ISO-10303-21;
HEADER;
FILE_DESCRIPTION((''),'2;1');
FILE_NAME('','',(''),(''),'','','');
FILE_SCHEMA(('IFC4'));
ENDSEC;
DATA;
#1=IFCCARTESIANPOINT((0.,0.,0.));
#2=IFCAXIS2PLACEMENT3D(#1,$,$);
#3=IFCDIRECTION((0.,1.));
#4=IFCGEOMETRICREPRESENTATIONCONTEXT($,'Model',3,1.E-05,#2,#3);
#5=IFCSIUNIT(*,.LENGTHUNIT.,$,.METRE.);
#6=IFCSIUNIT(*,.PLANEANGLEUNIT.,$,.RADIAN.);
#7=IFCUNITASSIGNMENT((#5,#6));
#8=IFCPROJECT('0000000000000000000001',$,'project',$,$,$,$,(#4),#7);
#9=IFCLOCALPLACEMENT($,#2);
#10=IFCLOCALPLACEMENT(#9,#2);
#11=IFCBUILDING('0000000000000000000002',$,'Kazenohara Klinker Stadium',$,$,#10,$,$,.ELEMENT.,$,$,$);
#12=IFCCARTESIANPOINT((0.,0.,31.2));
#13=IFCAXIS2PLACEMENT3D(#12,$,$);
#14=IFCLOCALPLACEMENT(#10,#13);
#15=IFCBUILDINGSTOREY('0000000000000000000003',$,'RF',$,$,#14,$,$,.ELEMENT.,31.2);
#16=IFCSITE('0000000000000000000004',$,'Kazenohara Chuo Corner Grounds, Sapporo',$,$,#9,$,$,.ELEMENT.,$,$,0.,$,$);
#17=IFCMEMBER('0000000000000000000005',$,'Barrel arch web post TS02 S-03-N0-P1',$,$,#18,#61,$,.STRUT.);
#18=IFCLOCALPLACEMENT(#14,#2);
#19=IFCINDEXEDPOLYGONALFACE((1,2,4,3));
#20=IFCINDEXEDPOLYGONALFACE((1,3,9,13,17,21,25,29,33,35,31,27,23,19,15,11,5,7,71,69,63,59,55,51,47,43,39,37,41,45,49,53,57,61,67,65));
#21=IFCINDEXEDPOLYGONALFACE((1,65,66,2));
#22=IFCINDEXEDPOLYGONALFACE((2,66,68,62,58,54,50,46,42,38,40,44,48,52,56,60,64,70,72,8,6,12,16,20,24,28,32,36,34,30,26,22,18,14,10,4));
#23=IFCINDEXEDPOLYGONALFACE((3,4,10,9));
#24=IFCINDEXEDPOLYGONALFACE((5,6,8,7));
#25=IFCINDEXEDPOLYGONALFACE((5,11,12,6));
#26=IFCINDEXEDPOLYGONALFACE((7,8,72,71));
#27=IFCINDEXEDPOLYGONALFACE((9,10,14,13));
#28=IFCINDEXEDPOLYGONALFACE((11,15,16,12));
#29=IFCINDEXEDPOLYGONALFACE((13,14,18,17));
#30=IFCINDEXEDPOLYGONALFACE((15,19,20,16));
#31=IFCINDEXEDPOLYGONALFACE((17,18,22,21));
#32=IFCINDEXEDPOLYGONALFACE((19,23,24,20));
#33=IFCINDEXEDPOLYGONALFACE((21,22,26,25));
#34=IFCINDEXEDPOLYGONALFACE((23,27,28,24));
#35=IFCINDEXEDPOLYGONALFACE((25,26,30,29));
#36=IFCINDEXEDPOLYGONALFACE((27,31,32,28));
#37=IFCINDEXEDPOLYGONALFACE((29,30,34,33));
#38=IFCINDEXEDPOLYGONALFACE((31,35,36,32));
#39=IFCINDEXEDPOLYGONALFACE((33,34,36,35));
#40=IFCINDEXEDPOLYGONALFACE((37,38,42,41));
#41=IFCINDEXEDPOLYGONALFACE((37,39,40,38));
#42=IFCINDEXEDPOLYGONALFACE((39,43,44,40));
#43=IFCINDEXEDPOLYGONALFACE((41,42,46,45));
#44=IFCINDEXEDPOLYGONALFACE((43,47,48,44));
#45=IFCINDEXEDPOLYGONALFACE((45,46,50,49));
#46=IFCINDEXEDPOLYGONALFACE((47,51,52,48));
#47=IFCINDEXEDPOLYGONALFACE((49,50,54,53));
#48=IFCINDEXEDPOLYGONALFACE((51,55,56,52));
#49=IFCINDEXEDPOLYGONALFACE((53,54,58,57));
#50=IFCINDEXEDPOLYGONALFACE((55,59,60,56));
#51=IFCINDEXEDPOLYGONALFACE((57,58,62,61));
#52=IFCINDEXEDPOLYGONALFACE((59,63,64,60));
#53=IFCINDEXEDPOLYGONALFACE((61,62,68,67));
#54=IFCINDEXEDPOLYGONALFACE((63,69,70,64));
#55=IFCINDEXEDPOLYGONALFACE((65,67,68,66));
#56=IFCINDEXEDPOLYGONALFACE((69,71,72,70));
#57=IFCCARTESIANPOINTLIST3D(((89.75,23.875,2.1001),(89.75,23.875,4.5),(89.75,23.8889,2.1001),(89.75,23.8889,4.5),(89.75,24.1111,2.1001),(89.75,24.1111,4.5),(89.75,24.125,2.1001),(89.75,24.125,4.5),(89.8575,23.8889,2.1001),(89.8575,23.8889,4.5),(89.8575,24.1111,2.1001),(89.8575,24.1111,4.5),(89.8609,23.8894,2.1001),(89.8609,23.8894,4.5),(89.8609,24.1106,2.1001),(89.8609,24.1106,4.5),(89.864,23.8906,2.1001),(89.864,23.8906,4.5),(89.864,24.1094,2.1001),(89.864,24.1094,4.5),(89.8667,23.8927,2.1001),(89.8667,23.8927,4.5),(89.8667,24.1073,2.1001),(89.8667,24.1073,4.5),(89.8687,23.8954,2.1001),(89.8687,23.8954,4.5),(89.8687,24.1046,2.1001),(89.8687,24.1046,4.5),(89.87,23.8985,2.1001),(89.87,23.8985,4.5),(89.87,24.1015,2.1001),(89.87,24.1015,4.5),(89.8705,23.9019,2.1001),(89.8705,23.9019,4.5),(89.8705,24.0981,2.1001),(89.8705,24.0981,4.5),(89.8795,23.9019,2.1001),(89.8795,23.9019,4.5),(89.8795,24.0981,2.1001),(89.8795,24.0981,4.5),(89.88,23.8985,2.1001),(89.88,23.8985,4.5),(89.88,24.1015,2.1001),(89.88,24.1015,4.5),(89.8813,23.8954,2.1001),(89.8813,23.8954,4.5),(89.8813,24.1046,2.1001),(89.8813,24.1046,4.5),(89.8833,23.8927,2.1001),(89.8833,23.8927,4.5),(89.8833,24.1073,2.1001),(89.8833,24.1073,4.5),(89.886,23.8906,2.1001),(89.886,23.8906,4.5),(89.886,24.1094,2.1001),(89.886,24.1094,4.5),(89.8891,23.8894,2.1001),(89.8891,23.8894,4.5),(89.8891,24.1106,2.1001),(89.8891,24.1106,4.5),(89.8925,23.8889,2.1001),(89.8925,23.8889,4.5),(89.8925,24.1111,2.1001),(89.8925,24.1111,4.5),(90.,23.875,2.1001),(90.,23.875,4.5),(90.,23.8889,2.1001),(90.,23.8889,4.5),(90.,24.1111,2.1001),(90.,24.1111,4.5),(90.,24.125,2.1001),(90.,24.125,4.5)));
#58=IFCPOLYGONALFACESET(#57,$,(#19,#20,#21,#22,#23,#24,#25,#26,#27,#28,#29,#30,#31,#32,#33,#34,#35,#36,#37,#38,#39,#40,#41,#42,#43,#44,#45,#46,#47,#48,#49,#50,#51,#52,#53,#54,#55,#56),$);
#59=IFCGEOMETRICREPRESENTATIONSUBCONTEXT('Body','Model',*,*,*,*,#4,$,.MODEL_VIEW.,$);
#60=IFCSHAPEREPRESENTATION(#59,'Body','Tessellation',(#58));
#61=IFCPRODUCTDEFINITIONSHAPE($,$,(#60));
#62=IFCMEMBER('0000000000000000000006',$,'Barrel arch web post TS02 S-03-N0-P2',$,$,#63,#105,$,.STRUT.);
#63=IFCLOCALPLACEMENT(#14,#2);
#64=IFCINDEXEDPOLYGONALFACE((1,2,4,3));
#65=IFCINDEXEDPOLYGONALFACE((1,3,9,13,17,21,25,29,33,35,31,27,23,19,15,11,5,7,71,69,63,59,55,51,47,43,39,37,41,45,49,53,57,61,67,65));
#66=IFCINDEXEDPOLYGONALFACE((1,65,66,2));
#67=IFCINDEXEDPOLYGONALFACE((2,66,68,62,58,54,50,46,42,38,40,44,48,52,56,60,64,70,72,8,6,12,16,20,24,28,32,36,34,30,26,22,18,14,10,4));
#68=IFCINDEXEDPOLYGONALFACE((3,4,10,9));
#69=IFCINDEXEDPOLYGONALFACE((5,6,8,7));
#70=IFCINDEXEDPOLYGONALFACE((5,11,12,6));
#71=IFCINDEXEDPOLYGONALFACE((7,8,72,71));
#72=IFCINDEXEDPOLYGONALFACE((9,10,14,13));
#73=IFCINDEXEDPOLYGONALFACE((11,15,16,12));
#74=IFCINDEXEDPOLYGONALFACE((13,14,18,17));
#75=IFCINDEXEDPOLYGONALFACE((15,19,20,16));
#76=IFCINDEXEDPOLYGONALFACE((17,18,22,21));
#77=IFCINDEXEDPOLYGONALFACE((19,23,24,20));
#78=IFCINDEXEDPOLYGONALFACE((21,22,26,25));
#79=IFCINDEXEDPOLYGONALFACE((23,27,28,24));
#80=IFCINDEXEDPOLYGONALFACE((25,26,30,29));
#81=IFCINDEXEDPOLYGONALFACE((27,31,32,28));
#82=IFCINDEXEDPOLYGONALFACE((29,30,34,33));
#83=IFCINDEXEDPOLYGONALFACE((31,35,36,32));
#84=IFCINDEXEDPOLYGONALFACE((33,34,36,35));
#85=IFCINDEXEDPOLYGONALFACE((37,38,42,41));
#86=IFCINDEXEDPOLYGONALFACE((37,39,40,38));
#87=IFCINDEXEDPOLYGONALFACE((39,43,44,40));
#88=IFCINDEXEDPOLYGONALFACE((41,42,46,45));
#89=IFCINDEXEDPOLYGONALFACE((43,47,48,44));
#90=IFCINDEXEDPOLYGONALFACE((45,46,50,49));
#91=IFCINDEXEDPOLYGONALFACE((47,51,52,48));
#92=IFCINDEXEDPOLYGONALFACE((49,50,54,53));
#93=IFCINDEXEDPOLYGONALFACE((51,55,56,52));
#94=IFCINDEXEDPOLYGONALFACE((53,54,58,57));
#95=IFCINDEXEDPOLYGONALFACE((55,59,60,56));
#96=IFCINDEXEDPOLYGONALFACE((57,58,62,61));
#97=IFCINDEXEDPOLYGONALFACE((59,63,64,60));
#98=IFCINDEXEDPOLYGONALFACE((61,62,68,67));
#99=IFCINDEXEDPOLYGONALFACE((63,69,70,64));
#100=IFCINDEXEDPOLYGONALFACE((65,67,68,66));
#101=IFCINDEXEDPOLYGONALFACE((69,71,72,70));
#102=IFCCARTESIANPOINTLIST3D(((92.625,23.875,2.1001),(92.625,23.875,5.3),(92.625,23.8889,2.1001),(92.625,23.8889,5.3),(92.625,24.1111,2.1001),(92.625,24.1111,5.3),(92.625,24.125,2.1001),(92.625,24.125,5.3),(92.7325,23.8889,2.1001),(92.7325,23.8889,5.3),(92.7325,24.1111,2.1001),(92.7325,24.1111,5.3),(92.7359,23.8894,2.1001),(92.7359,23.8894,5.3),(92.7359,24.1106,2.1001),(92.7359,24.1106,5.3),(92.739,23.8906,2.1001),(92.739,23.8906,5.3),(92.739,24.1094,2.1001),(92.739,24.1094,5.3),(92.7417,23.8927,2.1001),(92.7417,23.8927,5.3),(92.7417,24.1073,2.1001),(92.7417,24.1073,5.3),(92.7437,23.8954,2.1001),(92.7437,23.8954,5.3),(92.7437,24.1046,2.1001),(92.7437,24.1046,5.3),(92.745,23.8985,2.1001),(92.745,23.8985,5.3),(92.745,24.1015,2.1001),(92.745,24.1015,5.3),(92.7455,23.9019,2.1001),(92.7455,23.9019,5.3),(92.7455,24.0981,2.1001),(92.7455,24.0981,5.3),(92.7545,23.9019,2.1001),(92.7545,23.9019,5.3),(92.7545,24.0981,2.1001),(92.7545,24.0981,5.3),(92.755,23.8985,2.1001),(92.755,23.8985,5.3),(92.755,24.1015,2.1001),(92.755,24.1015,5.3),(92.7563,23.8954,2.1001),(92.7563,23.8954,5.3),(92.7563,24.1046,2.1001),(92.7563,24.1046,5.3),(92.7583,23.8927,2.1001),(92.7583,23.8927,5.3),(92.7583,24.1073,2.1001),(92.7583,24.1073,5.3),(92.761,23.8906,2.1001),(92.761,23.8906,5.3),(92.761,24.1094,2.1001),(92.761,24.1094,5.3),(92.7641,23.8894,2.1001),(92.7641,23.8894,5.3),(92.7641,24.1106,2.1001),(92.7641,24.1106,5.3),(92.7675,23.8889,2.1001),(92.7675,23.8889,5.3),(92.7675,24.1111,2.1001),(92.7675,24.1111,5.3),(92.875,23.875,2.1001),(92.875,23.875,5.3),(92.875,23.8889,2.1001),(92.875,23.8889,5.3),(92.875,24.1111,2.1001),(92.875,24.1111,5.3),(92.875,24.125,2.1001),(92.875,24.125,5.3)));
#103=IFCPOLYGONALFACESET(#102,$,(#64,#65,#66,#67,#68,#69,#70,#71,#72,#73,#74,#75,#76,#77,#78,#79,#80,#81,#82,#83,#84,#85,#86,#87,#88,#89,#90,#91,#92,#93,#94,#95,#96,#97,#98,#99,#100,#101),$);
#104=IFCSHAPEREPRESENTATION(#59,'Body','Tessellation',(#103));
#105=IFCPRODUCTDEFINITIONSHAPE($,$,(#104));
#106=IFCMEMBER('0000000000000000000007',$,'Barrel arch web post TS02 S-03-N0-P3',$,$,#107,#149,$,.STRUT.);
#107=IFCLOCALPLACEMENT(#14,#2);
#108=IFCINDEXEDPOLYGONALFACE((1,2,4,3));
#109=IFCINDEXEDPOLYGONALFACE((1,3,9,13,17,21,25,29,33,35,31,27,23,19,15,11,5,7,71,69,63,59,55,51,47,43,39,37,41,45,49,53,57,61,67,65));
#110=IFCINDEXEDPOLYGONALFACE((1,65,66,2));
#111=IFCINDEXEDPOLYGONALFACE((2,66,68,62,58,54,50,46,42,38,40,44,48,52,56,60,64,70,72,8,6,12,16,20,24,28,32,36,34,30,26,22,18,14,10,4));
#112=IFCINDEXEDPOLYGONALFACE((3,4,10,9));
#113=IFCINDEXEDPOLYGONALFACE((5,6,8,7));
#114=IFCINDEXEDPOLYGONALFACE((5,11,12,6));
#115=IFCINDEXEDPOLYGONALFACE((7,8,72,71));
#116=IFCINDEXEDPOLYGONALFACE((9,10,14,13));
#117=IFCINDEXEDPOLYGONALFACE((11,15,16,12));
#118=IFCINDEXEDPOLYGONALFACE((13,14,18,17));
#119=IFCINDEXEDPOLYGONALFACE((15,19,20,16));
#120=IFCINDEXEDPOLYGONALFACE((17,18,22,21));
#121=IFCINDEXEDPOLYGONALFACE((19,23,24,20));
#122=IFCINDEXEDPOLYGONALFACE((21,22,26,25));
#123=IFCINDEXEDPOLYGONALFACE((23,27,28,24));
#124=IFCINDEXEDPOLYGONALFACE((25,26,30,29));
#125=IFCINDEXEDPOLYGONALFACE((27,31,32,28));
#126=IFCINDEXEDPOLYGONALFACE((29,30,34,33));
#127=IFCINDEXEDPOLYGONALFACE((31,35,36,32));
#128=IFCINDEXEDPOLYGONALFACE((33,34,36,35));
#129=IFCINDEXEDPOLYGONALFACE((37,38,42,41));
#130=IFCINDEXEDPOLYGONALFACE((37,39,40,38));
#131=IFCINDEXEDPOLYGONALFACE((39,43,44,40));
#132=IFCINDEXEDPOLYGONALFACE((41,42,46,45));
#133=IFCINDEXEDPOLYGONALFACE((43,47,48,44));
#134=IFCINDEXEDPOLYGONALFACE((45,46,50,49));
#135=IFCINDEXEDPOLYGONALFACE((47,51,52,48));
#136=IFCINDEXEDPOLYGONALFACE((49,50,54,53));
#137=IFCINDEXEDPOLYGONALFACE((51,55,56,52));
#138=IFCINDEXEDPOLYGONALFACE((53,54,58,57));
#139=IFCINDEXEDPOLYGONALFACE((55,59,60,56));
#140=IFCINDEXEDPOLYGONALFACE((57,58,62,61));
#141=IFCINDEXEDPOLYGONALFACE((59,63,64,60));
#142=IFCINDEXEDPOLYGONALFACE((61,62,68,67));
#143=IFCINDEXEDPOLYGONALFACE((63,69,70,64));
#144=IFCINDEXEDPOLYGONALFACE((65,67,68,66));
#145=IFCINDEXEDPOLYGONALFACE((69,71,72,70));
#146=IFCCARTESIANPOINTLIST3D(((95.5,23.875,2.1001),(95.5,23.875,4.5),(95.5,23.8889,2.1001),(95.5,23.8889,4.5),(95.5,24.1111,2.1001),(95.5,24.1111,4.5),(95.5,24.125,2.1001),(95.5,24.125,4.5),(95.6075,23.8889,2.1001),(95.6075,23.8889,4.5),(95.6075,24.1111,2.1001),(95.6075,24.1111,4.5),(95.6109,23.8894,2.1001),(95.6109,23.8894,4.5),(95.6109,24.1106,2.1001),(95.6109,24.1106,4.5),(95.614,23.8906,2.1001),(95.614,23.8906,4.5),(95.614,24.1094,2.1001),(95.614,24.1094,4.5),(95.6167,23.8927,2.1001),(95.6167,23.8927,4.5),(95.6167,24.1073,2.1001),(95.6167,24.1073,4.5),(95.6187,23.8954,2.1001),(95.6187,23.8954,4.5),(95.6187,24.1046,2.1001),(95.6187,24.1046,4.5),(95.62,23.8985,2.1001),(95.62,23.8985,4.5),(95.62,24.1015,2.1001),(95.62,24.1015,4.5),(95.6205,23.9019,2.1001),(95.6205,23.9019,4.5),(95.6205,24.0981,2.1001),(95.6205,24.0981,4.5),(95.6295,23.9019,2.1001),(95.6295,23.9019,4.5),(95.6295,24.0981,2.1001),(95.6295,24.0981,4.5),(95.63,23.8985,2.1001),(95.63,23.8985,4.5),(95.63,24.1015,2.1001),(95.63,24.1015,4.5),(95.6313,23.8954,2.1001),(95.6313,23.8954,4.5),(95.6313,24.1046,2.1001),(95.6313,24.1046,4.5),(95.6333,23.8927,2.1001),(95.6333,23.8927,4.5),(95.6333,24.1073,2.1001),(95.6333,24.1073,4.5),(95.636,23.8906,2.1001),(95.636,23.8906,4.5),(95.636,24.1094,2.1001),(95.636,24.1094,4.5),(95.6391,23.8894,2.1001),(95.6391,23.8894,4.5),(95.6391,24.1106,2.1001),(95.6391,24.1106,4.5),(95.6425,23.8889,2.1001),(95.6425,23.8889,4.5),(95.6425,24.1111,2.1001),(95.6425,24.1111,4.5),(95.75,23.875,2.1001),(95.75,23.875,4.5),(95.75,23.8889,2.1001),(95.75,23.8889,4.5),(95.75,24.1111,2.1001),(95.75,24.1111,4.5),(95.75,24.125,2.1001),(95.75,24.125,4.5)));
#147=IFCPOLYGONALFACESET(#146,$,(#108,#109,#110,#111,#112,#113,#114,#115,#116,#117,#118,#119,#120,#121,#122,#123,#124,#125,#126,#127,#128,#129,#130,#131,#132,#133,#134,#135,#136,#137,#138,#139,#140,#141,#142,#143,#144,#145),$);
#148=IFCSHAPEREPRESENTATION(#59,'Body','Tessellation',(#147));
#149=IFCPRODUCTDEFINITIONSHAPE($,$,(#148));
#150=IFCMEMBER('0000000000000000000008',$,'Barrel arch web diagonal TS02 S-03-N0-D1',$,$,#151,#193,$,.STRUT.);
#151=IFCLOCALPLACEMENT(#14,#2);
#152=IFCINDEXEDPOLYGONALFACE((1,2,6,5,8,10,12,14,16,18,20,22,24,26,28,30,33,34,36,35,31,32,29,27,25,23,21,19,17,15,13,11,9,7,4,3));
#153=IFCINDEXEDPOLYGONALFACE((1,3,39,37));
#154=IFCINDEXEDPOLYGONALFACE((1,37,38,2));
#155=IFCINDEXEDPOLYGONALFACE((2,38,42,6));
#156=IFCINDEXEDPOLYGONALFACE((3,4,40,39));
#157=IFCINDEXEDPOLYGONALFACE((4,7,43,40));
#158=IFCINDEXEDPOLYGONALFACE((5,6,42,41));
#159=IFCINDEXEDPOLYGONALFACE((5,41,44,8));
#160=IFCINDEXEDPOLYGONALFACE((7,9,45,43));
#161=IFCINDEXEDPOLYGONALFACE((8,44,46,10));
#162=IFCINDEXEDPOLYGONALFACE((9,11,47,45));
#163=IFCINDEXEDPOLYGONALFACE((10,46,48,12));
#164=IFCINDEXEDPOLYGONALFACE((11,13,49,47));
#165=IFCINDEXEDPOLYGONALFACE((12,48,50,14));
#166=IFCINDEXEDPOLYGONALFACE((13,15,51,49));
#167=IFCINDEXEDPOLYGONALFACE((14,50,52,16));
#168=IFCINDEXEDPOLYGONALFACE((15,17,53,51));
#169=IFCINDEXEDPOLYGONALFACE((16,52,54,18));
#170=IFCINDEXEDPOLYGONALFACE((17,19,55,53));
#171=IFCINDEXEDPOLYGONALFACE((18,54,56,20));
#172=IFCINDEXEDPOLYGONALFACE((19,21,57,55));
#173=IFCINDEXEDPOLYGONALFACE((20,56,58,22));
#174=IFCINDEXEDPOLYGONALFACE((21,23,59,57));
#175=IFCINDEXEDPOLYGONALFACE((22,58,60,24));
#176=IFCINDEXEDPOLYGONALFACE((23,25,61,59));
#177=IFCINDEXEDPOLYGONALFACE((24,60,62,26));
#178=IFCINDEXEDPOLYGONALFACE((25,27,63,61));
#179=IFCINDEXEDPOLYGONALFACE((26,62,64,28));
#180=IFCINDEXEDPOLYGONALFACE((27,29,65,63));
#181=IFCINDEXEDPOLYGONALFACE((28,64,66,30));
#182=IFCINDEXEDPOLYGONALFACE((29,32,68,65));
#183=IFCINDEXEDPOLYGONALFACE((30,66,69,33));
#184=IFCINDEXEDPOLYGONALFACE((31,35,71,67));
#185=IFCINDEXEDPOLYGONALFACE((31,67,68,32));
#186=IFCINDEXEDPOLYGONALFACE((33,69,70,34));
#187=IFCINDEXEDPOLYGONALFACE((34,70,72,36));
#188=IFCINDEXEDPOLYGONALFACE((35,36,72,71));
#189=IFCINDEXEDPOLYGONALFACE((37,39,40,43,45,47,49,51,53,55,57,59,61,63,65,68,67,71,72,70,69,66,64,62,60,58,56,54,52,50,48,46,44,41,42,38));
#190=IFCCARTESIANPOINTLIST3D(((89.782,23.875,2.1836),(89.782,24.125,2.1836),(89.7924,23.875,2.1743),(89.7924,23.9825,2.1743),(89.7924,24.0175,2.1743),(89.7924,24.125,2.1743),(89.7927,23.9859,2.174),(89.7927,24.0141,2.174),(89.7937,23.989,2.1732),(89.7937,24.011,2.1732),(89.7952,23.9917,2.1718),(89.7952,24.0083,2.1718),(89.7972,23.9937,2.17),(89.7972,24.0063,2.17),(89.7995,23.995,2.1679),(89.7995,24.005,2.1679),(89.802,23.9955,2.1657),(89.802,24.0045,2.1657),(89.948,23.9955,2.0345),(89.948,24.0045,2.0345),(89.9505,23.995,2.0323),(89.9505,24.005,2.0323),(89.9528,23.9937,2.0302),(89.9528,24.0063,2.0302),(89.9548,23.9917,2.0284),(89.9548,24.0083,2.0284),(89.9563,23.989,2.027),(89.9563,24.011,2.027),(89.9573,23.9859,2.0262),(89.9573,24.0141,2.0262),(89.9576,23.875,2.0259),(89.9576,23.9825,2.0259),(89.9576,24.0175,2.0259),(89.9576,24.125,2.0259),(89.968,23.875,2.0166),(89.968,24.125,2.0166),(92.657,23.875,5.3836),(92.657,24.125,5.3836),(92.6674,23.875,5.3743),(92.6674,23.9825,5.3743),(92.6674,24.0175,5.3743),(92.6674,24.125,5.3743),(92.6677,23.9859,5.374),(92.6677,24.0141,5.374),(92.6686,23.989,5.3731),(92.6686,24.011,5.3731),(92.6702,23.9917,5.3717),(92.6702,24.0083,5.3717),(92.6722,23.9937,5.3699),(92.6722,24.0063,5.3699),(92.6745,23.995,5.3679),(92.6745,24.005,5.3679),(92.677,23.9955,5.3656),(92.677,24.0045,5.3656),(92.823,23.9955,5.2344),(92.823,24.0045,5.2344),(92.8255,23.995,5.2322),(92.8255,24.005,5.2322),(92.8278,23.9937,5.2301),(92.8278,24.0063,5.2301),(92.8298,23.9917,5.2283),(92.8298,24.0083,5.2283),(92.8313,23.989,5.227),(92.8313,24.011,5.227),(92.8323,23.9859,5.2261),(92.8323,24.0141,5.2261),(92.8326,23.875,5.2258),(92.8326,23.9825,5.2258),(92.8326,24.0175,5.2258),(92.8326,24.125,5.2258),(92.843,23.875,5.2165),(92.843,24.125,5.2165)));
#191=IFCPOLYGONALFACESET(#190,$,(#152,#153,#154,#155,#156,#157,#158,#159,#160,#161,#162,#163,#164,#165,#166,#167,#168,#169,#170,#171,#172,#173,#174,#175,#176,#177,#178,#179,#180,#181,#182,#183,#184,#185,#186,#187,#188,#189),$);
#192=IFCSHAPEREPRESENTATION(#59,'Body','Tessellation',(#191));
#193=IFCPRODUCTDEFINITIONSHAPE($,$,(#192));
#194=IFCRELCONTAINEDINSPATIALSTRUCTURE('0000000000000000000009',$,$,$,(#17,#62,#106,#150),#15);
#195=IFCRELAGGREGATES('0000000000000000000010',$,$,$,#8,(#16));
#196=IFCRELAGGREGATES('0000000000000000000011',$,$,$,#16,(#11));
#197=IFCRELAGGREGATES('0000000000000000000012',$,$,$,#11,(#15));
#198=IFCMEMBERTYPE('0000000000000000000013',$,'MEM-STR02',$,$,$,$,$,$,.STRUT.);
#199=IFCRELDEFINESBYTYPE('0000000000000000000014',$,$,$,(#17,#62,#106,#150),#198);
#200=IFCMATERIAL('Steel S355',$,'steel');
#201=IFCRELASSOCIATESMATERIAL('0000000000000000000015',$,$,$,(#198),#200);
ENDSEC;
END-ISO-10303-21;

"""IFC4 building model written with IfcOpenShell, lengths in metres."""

from ifc_helpers import new_model, si_unit, direction, frame, origin, origin_2d, place, context, subcontext, project, spatial, i_section, extrude, material, material_profile, profile_set, type_object, element, save


model = new_model("IFC4")

# Units and contexts
model_context = context("Model", 3, precision=1e-05, world=origin(), true_north=direction((0.0, 1.0)))
body_context = subcontext(model_context, "Body", "Model", "MODEL_VIEW")
ifc_project = project(units=[si_unit("LENGTHUNIT", "METRE"), si_unit("PLANEANGLEUNIT", "RADIAN")], contexts=[model_context])

# Site, building, storey
site_placement = place(None, origin())
site = spatial("IfcSite", under=ifc_project, at=site_placement, Name="Kazenohara Chuo Corner Grounds, Sapporo", CompositionType="ELEMENT", RefElevation=0.0)
building_placement = place(site_placement, origin())
building = spatial("IfcBuilding", under=site, at=building_placement, Name="Kazenohara Klinker Stadium", CompositionType="ELEMENT")
storey_placement = place(building_placement, frame((0.0, 0.0, 31.2)))
storey = spatial("IfcBuildingStorey", under=building, at=storey_placement, Name="RF", CompositionType="ELEMENT", Elevation=31.2)

# Members
ifc_material_1 = material(Name="Steel S355", Category="steel")
ifc_material_profile_1 = material_profile(ifc_material_1, i_section(OverallWidth=0.25, OverallDepth=0.25, WebThickness=0.009, FlangeThickness=0.0139, FilletRadius=0.0129, at=origin_2d()), Name="H-250x250x9x14")
ifc_profile_set_1 = profile_set([ifc_material_profile_1], Name="Steel S355")
member_type_1 = type_object("IfcMemberType", Name="MEM-STR02", PredefinedType="STRUT", material=ifc_profile_set_1)
member_1_placement = place(storey_placement, frame((89.875, 24.0, 2.1001), z_axis=(0.0, 0.0, 1.0), x_axis=(1.0, 0.0, 0.0)))
element("IfcMember", 1, at=member_1_placement, inside=storey, type_object=member_type_1, Name="Barrel arch web post TS02 S-03-N0-P1", PredefinedType="STRUT", context=body_context, shape_type="SweptSolid", body=[
    extrude(i_section(OverallWidth=0.25, OverallDepth=0.25, WebThickness=0.009, FlangeThickness=0.0139, FilletRadius=0.0129, at=origin_2d()), origin(), (0.0, 0.0, 1.0), 2.3999),
])
member_2_placement = place(storey_placement, frame((92.75, 24.0, 2.1001), z_axis=(0.0, 0.0, 1.0), x_axis=(1.0, 0.0, 0.0)))
element("IfcMember", 2, at=member_2_placement, inside=storey, type_object=member_type_1, Name="Barrel arch web post TS02 S-03-N0-P2", PredefinedType="STRUT", context=body_context, shape_type="SweptSolid", body=[
    extrude(i_section(OverallWidth=0.25, OverallDepth=0.25, WebThickness=0.009, FlangeThickness=0.0139, FilletRadius=0.0129, at=origin_2d()), origin(), (0.0, 0.0, 1.0), 3.2),
])
member_3_placement = place(storey_placement, frame((95.625, 24.0, 2.1001), z_axis=(0.0, 0.0, 1.0), x_axis=(1.0, 0.0, 0.0)))
element("IfcMember", 3, at=member_3_placement, inside=storey, type_object=member_type_1, Name="Barrel arch web post TS02 S-03-N0-P3", PredefinedType="STRUT", context=body_context, shape_type="SweptSolid", body=[
    extrude(i_section(OverallWidth=0.25, OverallDepth=0.25, WebThickness=0.009, FlangeThickness=0.0139, FilletRadius=0.0129, at=origin_2d()), origin(), (0.0, 0.0, 1.0), 2.3999),
])
for number, where, z_axis, x_axis, name in (
    (4, (89.875, 24.0, 2.1001), (0.668328, 0.0, 0.743867), (0.0, 1.0, 0.0), "Barrel arch web diagonal TS02 S-03-N0-D1"),
):
    element("IfcMember", number, at=place(storey_placement, frame(where, z_axis=z_axis, x_axis=x_axis)), inside=storey, type_object=member_type_1, Name=name, PredefinedType="STRUT", context=body_context, shape_type="SweptSolid", body=[
        extrude(i_section(OverallWidth=0.25, OverallDepth=0.25, WebThickness=0.009, FlangeThickness=0.0139, FilletRadius=0.0129, at=origin_2d()), origin(), (0.0, 0.0, 1.0), 4.3018),
    ])

save(model, "model.ifc")
